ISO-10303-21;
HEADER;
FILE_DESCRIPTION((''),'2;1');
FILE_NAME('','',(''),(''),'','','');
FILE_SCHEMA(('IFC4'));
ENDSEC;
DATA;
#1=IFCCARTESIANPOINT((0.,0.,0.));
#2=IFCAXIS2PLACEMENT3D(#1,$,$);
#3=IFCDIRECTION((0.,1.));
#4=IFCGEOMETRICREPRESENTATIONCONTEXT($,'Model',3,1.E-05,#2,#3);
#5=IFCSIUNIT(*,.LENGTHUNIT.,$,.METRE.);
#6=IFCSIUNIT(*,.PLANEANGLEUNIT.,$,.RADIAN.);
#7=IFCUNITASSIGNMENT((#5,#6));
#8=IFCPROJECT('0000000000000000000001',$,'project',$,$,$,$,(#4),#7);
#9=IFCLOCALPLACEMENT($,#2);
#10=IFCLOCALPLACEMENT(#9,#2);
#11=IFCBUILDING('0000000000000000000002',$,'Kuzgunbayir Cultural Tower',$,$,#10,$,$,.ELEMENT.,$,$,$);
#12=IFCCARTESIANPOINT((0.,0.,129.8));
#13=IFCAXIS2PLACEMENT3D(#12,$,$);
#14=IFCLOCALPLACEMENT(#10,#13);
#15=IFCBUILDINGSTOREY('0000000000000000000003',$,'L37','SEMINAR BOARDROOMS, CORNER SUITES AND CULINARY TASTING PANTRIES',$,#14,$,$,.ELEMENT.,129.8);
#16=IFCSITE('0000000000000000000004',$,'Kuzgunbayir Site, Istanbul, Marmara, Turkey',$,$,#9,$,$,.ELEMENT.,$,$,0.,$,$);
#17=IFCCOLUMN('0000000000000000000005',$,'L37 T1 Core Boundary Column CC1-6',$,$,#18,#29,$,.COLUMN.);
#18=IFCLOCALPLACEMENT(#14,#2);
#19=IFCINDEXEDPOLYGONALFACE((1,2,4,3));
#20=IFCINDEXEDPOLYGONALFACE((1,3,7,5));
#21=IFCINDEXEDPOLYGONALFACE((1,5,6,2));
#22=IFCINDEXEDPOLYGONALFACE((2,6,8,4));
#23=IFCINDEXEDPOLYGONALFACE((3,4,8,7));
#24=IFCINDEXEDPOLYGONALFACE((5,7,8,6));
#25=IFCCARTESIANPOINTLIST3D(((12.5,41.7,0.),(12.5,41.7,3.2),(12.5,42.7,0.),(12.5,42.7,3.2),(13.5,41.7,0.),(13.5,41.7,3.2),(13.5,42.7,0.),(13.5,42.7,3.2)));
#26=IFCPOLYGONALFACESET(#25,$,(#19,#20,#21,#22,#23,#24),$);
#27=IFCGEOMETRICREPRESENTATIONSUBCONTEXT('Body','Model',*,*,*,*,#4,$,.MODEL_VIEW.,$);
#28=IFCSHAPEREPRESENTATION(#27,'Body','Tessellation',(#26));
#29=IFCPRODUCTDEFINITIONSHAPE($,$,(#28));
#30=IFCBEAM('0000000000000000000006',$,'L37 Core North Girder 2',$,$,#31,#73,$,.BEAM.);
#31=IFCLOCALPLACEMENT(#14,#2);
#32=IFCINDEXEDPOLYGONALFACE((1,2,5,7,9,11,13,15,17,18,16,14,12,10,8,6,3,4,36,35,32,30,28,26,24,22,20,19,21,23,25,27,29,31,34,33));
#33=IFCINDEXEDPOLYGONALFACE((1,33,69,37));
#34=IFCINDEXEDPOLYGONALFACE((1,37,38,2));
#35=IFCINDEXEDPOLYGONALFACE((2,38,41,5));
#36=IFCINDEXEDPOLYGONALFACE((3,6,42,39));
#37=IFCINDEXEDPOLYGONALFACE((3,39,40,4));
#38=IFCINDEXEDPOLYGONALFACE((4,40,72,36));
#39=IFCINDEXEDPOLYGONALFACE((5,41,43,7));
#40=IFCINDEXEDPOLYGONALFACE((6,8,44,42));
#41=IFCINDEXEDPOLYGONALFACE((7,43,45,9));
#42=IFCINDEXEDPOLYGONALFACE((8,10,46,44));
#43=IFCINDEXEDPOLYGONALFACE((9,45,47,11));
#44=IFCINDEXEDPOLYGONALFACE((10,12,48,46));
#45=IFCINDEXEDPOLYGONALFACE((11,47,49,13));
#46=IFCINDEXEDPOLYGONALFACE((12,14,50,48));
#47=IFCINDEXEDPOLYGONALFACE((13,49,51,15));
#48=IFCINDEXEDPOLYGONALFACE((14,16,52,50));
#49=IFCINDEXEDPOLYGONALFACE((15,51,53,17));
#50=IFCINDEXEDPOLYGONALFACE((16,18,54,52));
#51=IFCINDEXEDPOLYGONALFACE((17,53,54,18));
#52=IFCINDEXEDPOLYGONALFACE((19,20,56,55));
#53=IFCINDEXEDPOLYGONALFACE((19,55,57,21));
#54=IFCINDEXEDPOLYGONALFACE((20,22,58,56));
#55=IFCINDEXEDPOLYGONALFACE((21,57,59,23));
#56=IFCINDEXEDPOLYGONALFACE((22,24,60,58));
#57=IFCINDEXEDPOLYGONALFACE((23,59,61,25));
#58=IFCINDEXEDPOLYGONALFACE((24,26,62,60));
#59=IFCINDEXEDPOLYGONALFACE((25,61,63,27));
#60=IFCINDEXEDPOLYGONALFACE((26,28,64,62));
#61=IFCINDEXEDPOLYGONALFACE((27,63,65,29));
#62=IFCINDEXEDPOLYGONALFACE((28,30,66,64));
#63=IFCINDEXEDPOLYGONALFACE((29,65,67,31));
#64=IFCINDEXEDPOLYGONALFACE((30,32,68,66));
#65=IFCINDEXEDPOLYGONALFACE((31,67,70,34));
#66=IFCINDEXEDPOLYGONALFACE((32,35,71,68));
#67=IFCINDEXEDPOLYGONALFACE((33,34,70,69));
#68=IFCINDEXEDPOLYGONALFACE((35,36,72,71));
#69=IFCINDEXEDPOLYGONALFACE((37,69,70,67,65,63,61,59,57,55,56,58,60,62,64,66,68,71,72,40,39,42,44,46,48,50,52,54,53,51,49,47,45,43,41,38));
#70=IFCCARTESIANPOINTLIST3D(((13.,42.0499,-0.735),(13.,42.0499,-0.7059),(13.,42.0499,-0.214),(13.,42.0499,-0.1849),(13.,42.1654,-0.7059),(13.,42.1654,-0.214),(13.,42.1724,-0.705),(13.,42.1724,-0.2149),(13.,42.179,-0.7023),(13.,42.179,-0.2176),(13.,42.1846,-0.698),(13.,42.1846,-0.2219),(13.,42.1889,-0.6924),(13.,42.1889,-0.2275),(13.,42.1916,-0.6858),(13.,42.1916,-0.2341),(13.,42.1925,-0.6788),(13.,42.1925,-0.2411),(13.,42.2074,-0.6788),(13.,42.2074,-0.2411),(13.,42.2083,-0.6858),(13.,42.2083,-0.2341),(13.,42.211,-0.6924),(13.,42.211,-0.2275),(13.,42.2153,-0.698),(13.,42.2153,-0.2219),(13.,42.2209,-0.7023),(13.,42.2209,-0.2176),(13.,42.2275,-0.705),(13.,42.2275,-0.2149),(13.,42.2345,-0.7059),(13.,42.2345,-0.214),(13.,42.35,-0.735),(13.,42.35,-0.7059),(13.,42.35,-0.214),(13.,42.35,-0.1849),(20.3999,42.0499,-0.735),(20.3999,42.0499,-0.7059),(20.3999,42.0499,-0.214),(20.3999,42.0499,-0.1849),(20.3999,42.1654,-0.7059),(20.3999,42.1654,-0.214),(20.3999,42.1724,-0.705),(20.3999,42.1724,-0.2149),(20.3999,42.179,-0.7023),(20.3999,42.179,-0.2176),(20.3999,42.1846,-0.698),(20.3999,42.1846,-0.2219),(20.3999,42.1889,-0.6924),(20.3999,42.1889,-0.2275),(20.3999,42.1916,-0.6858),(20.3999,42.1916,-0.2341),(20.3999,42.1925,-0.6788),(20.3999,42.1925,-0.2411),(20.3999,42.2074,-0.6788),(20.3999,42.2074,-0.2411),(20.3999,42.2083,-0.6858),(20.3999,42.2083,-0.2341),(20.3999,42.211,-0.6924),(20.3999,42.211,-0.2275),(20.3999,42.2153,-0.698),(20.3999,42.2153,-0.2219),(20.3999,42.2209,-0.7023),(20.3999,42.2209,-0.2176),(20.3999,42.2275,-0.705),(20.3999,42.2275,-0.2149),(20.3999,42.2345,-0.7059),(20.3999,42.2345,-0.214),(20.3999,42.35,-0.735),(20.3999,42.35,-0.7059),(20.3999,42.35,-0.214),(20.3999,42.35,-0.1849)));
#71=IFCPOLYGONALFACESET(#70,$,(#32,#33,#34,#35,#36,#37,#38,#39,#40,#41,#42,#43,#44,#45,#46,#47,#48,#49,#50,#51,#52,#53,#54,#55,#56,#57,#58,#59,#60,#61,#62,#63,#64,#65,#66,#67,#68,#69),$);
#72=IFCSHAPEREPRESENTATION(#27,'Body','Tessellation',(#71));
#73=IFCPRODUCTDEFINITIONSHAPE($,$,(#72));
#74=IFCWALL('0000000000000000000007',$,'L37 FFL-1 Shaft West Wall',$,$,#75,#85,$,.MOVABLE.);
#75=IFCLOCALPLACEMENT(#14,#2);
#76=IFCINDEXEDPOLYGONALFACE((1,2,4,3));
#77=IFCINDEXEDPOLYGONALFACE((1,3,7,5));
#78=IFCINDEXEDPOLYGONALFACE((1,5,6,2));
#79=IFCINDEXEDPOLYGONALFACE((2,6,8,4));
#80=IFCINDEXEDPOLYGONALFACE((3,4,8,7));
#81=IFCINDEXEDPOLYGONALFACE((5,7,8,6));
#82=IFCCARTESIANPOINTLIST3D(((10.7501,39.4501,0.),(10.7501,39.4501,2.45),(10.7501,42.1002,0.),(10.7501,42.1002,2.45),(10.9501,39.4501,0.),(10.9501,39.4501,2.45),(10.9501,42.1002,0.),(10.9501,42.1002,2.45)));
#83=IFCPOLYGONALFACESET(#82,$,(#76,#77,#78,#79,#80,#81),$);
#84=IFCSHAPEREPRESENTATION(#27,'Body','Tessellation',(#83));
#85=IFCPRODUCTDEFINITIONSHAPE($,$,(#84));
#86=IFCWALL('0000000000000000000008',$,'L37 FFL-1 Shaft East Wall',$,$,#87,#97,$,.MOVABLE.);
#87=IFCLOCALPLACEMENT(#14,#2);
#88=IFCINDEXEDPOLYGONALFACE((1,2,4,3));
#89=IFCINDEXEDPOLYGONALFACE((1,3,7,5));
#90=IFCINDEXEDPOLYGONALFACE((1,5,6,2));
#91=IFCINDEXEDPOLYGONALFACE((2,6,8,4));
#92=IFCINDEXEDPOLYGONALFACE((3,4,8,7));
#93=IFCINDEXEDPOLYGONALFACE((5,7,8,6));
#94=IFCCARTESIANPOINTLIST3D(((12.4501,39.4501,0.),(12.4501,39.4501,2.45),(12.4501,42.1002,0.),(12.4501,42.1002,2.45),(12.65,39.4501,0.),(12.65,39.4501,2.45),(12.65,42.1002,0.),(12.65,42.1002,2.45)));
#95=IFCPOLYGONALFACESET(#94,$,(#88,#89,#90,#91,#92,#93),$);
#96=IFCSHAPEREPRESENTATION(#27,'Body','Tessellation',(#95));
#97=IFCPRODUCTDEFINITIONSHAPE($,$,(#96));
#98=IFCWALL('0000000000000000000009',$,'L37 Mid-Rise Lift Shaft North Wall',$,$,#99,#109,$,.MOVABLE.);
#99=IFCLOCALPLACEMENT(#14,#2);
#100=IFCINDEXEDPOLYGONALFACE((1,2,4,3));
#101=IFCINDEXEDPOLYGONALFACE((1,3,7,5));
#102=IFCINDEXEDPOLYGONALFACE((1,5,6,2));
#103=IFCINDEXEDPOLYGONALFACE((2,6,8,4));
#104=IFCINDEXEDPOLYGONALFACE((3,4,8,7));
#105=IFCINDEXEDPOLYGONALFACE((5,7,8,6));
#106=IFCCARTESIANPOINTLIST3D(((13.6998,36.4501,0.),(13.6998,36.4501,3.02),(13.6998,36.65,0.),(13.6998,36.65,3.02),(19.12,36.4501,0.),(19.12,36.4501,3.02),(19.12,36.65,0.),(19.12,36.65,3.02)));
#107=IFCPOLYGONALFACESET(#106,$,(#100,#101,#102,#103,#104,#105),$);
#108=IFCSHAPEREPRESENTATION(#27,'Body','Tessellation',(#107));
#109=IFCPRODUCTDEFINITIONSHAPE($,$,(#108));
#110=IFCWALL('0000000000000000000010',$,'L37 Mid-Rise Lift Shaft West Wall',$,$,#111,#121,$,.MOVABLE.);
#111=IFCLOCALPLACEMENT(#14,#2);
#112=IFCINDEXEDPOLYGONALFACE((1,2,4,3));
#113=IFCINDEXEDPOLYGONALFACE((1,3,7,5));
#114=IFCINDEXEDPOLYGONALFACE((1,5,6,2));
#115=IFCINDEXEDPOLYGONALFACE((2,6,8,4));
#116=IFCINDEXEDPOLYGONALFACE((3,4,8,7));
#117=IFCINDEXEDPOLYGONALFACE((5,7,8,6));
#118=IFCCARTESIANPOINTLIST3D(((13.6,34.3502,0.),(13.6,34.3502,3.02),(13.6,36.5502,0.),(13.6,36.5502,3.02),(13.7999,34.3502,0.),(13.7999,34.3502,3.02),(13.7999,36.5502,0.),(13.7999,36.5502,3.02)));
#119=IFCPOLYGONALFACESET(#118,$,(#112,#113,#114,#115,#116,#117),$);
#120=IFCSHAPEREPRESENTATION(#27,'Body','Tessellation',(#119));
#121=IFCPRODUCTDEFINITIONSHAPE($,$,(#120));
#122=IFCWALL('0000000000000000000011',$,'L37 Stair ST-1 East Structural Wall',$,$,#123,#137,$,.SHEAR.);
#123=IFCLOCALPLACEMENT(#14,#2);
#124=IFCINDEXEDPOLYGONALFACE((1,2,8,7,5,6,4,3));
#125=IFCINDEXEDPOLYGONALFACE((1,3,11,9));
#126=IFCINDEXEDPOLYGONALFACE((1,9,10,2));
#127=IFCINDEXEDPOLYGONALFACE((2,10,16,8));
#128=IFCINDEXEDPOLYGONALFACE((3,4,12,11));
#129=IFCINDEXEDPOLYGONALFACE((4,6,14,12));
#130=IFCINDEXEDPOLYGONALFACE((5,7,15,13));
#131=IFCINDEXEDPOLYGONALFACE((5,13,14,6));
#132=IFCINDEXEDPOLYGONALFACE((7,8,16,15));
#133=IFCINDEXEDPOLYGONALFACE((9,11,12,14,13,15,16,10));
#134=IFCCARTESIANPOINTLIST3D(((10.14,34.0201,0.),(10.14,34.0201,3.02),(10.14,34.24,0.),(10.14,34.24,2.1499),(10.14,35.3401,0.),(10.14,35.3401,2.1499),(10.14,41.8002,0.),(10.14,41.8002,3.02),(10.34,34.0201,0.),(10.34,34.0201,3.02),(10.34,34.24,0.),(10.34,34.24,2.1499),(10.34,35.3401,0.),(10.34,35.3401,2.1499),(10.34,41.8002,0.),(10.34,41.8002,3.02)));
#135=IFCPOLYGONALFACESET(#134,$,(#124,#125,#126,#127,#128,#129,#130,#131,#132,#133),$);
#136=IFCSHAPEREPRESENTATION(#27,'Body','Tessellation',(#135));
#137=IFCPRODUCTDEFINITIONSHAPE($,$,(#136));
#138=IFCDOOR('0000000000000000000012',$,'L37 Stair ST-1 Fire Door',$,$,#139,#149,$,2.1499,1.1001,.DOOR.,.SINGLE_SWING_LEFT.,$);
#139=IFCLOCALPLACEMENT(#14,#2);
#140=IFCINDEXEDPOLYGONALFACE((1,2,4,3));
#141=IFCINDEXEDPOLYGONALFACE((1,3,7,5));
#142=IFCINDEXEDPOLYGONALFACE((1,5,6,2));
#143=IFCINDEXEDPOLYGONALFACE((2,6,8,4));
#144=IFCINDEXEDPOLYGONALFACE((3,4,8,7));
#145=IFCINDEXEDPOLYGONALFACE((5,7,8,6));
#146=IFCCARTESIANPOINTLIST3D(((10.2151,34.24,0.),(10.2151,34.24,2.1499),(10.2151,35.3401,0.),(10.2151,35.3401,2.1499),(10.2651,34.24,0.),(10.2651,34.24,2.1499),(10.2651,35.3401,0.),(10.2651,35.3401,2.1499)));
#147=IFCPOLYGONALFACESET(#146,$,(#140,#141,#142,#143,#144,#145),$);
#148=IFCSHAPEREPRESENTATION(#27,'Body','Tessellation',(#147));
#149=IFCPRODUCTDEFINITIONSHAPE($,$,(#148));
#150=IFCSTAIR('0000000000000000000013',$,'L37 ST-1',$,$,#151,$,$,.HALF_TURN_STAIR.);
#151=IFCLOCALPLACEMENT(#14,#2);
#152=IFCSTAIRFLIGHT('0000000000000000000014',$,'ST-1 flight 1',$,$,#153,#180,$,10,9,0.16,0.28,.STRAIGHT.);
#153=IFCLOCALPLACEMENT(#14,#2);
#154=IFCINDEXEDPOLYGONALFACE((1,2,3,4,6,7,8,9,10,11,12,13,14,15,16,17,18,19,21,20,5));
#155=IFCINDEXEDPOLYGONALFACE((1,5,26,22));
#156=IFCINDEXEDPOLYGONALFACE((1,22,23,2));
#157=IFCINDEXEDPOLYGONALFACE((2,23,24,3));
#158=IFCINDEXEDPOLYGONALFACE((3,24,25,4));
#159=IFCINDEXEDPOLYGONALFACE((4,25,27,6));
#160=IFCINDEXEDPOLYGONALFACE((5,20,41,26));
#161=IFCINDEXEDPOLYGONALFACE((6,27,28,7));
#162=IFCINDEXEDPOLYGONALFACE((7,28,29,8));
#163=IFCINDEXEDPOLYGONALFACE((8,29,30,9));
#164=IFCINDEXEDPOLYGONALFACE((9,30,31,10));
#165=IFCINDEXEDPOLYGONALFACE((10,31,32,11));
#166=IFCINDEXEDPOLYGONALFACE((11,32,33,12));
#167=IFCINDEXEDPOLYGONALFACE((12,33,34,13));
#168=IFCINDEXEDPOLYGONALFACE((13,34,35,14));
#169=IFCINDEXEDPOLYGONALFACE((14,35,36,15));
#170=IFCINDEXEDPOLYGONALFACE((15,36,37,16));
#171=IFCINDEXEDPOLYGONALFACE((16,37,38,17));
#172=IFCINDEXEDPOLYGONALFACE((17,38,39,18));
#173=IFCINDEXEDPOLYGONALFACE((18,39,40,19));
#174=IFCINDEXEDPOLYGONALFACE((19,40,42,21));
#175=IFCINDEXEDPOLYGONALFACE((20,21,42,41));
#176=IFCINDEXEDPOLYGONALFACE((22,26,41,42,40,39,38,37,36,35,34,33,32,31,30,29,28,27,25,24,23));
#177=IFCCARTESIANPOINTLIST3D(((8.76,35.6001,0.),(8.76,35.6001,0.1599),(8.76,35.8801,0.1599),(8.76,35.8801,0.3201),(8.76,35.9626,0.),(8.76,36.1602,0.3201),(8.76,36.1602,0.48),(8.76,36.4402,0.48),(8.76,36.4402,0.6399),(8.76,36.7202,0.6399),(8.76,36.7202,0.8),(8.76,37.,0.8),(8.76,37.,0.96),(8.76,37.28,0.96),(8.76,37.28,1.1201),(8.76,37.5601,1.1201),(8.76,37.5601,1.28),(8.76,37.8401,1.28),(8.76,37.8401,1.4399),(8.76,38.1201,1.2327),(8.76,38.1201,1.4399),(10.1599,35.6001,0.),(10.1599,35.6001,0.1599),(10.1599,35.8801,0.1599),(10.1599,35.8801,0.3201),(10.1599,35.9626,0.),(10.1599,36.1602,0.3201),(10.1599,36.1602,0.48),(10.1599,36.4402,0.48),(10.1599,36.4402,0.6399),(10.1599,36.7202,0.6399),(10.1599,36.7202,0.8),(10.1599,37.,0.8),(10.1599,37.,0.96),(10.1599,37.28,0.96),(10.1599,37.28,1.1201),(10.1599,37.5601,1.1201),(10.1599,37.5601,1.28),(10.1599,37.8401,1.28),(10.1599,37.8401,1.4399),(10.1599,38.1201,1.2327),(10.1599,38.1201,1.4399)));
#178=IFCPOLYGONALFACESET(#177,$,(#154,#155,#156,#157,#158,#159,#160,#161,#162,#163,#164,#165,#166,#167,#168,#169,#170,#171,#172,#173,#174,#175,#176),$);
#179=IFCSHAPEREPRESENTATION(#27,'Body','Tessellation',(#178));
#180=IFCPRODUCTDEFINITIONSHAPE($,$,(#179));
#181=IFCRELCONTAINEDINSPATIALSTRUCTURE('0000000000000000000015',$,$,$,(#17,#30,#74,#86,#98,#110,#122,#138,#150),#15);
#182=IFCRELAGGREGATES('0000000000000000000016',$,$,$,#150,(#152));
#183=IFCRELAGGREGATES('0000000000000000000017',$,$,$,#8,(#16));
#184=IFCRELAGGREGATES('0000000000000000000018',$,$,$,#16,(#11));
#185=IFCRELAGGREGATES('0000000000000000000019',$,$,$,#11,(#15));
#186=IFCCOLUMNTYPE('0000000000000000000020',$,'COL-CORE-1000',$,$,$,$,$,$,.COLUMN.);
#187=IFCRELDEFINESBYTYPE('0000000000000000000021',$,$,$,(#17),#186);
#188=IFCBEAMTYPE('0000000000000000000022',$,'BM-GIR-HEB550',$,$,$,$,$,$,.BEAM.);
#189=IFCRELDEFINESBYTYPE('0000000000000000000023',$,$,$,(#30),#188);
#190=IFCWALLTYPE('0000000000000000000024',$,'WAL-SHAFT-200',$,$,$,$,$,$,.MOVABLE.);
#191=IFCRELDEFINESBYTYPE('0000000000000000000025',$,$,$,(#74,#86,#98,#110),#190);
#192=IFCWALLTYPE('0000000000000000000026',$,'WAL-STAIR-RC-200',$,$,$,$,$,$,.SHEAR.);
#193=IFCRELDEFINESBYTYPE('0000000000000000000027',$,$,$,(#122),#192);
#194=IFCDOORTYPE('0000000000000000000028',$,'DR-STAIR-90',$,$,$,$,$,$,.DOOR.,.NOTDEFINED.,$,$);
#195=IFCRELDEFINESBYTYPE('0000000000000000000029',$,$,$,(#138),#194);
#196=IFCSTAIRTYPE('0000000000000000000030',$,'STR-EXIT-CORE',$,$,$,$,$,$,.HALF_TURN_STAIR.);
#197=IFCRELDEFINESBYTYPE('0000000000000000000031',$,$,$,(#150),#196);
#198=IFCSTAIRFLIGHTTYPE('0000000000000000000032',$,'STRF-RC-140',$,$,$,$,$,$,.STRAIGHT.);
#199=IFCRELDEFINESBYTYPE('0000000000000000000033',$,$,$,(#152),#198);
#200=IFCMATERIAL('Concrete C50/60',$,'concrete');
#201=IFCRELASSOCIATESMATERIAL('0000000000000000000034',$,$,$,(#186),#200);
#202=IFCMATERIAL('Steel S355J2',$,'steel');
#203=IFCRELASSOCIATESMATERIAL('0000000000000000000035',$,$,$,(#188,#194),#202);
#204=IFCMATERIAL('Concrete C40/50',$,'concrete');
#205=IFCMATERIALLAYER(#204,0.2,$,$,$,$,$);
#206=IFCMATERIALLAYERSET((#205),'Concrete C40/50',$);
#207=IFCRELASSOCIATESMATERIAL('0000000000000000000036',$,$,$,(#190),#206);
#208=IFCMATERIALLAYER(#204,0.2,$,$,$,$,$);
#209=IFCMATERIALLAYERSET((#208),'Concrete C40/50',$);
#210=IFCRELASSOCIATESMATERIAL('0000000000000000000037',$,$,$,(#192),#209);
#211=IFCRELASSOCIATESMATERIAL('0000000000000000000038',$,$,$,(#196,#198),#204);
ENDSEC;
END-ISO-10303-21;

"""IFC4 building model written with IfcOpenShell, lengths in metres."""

from ifc_helpers import new_model, si_unit, direction, frame, frame_2d, origin, origin_2d, place, context, subcontext, project, spatial, polyline, rectangle, i_section, outline, extrude, material, layer, layer_set, material_profile, profile_set, type_object, element, fill, aggregate, save


model = new_model("IFC4")

# Units and contexts
model_context = context("Model", 3, precision=1e-05, world=origin(), true_north=direction((0.0, 1.0)))
body_context = subcontext(model_context, "Body", "Model", "MODEL_VIEW")
ifc_project = project(units=[si_unit("LENGTHUNIT", "METRE"), si_unit("PLANEANGLEUNIT", "RADIAN")], contexts=[model_context])

# Site, building, storey
site_placement = place(None, origin())
site = spatial("IfcSite", under=ifc_project, at=site_placement, Name="Kuzgunbayir Site, Istanbul, Marmara, Turkey", CompositionType="ELEMENT", RefElevation=0.0)
building_placement = place(site_placement, origin())
building = spatial("IfcBuilding", under=site, at=building_placement, Name="Kuzgunbayir Cultural Tower", CompositionType="ELEMENT")
storey_placement = place(building_placement, frame((0.0, 0.0, 129.8)))
storey = spatial("IfcBuildingStorey", under=building, at=storey_placement, Name="L37", Description="SEMINAR BOARDROOMS, CORNER SUITES AND CULINARY TASTING PANTRIES", CompositionType="ELEMENT", Elevation=129.8)

# Column
ifc_material_1 = material(Name="Concrete C50/60", Category="concrete")
ifc_material_profile_1 = material_profile(ifc_material_1, rectangle(XDim=1.0, YDim=1.0, at=origin_2d()), Name="RC 1000x1000")
ifc_profile_set_1 = profile_set([ifc_material_profile_1], Name="Concrete C50/60")
column_type = type_object("IfcColumnType", Name="COL-CORE-1000", PredefinedType="COLUMN", material=ifc_profile_set_1)
column_placement = place(storey_placement, frame((13.0, 42.2, 0.0), z_axis=(0.0, 0.0, 1.0), x_axis=(1.0, 0.0, 0.0)))
element("IfcColumn", 1, at=column_placement, inside=storey, type_object=column_type, Name="L37 T1 Core Boundary Column CC1-6", PredefinedType="COLUMN", context=body_context, shape_type="SweptSolid", body=[
    extrude(rectangle(XDim=1.0, YDim=1.0, at=origin_2d()), origin(), (0.0, 0.0, 1.0), 3.2),
])

# Beam
ifc_material_2 = material(Name="Steel S355J2", Category="steel")
ifc_material_profile_2 = material_profile(ifc_material_2, i_section(OverallWidth=0.3, OverallDepth=0.55, WebThickness=0.0149, FlangeThickness=0.0291, FilletRadius=0.0271, at=origin_2d()), Name="HEB 550")
ifc_profile_set_2 = profile_set([ifc_material_profile_2], Name="Steel S355J2")
beam_type = type_object("IfcBeamType", Name="BM-GIR-HEB550", PredefinedType="BEAM", material=ifc_profile_set_2)
beam_placement = place(storey_placement, frame((13.0, 42.2, -0.46), z_axis=(1.0, 0.0, 0.0), x_axis=(0.0, 1.0, 0.0)))
element("IfcBeam", 2, at=beam_placement, inside=storey, type_object=beam_type, Name="L37 Core North Girder 2", PredefinedType="BEAM", context=body_context, shape_type="SweptSolid", body=[
    extrude(i_section(OverallWidth=0.3, OverallDepth=0.55, WebThickness=0.0149, FlangeThickness=0.0291, FilletRadius=0.0271, at=origin_2d()), origin(), (0.0, 0.0, 1.0), 7.3999),
])

# Shared definitions
ifc_material_3 = material(Name="Concrete C40/50", Category="concrete")
ifc_layer_1 = layer(ifc_material_3, 0.2)
ifc_layer_set_1 = layer_set([ifc_layer_1], Name="Concrete C40/50")
wall_type_1 = type_object("IfcWallType", Name="WAL-SHAFT-200", PredefinedType="MOVABLE", material=ifc_layer_set_1)

# Walls
for number, where, z_axis, x_axis, name in (
    (3, (10.8501, 39.45, 0.0), (0.0, 0.0, 1.0), (0.0, 1.0, 0.0), "L37 FFL-1 Shaft West Wall"),
    (4, (12.55, 39.45, 0.0), (0.0, 0.0, 1.0), (0.0, 1.0, 0.0), "L37 FFL-1 Shaft East Wall"),
):
    element("IfcWall", number, at=place(storey_placement, frame(where, z_axis=z_axis, x_axis=x_axis)), inside=storey, type_object=wall_type_1, Name=name, PredefinedType="MOVABLE", context=body_context, shape_type="SweptSolid", body=[
        extrude(rectangle(XDim=2.6501, YDim=0.2, at=frame_2d((1.3252, 0.0))), origin(), (0.0, 0.0, 1.0), 2.45),
    ])

# Walls
wall_1_placement = place(storey_placement, frame((13.7, 36.55, 0.0), z_axis=(0.0, 0.0, 1.0), x_axis=(1.0, 0.0, 0.0)))
element("IfcWall", 5, at=wall_1_placement, inside=storey, type_object=wall_type_1, Name="L37 Mid-Rise Lift Shaft North Wall", PredefinedType="MOVABLE", context=body_context, shape_type="SweptSolid", body=[
    extrude(rectangle(XDim=5.4202, YDim=0.2, at=frame_2d((2.71, 0.0))), origin(), (0.0, 0.0, 1.0), 3.02),
])
wall_2_placement = place(storey_placement, frame((13.7, 34.3501, 0.0), z_axis=(0.0, 0.0, 1.0), x_axis=(0.0, 1.0, 0.0)))
element("IfcWall", 6, at=wall_2_placement, inside=storey, type_object=wall_type_1, Name="L37 Mid-Rise Lift Shaft West Wall", PredefinedType="MOVABLE", context=body_context, shape_type="SweptSolid", body=[
    extrude(rectangle(XDim=2.2, YDim=0.2, at=frame_2d((1.1001, 0.0))), origin(), (0.0, 0.0, 1.0), 3.02),
])

# Wall, opening, door
ifc_layer_2 = layer(ifc_material_3, 0.2)
ifc_layer_set_2 = layer_set([ifc_layer_2], Name="Concrete C40/50")
wall_type_2 = type_object("IfcWallType", Name="WAL-STAIR-RC-200", PredefinedType="SHEAR", material=ifc_layer_set_2)
wall_3_placement = place(storey_placement, frame((10.24, 34.02, 0.0), z_axis=(0.0, 0.0, 1.0), x_axis=(0.0, 1.0, 0.0)))
wall_3 = element("IfcWall", 7, at=wall_3_placement, inside=storey, type_object=wall_type_2, Name="L37 Stair ST-1 East Structural Wall", PredefinedType="SHEAR", context=body_context, shape_type="SweptSolid", body=[
    extrude(rectangle(XDim=7.78, YDim=0.2, at=frame_2d((3.8901, 0.0))), origin(), (0.0, 0.0, 1.0), 3.02),
])
opening_1_placement = place(wall_3_placement, frame((0.22, 0.0, 0.0)))
opening_1 = element("IfcOpeningElement", 8, at=opening_1_placement, cuts=wall_3, PredefinedType="OPENING", context=body_context, shape_type="SweptSolid", body=[
    extrude(rectangle(XDim=1.1001, YDim=2.1499, at=frame_2d((0.55, 1.075))), frame((0.0, 0.1099, 0.0), z_axis=(0.0, -1.0, 0.0), x_axis=(1.0, 0.0, 0.0)), (0.0, 0.0, 1.0), 0.22),
])
door_type_1 = type_object("IfcDoorType", Name="DR-STAIR-90", OperationType="NOTDEFINED", PredefinedType="DOOR", material=ifc_material_2)
door_1_placement = place(opening_1_placement, origin())
door_1 = element("IfcDoor", 9, at=door_1_placement, inside=storey, type_object=door_type_1, Name="L37 Stair ST-1 Fire Door", OperationType="SINGLE_SWING_LEFT", OverallHeight=2.1499, OverallWidth=1.1001, PredefinedType="DOOR", context=body_context, shape_type="SweptSolid", body=[
    extrude(rectangle(XDim=1.1001, YDim=2.1499, at=frame_2d((0.55, 1.075))), frame((0.0, 0.0249, 0.0), z_axis=(0.0, -1.0, 0.0), x_axis=(1.0, 0.0, 0.0)), (0.0, 0.0, 1.0), 0.05),
])
fill(opening_1, door_1)

# Stair, stair flight
stair_type = type_object("IfcStairType", Name="STR-EXIT-CORE", PredefinedType="HALF_TURN_STAIR", material=ifc_material_3)
stair_placement = place(storey_placement, origin())
stair = element("IfcStair", 10, at=stair_placement, inside=storey, type_object=stair_type, Name="L37 ST-1", PredefinedType="HALF_TURN_STAIR")
stair_flight_type = type_object("IfcStairFlightType", Name="STRF-RC-140", PredefinedType="STRAIGHT", material=ifc_material_3)
stair_flight_placement = place(storey_placement, frame((9.46, 35.6001, 0.0), z_axis=(0.0, 0.0, 1.0), x_axis=(0.0, 1.0, 0.0)))
stair_flight = element("IfcStairFlight", 11, at=stair_flight_placement, type_object=stair_flight_type, Name="ST-1 flight 1", NumberOfRisers=10, NumberOfTreads=9, PredefinedType="STRAIGHT", RiserHeight=0.16, TreadLength=0.28, context=body_context, shape_type="SweptSolid", body=[
    extrude(outline(polyline([(0.0, 0.0), (0.0, 0.1599), (0.28, 0.1599), (0.28, 0.3201), (0.5601, 0.3201), (0.5601, 0.48), (0.8401, 0.48), (0.8401, 0.6399), (1.1201, 0.6399), (1.1201, 0.8), (1.3999, 0.8), (1.3999, 0.96), (1.6799, 0.96), (1.6799, 1.1201), (1.96, 1.1201), (1.96, 1.28), (2.24, 1.28), (2.24, 1.4399), (2.52, 1.4399), (2.52, 1.6001), (2.52, 1.2327), (0.3625, 0.0), (0.0, 0.0)])), frame((0.0, 0.7, 0.0), z_axis=(0.0, -1.0, 0.0), x_axis=(1.0, 0.0, 0.0)), (0.0, 0.0, 1.0), 1.3999),
])
aggregate(stair, [stair_flight])

save(model, "model.ifc")
